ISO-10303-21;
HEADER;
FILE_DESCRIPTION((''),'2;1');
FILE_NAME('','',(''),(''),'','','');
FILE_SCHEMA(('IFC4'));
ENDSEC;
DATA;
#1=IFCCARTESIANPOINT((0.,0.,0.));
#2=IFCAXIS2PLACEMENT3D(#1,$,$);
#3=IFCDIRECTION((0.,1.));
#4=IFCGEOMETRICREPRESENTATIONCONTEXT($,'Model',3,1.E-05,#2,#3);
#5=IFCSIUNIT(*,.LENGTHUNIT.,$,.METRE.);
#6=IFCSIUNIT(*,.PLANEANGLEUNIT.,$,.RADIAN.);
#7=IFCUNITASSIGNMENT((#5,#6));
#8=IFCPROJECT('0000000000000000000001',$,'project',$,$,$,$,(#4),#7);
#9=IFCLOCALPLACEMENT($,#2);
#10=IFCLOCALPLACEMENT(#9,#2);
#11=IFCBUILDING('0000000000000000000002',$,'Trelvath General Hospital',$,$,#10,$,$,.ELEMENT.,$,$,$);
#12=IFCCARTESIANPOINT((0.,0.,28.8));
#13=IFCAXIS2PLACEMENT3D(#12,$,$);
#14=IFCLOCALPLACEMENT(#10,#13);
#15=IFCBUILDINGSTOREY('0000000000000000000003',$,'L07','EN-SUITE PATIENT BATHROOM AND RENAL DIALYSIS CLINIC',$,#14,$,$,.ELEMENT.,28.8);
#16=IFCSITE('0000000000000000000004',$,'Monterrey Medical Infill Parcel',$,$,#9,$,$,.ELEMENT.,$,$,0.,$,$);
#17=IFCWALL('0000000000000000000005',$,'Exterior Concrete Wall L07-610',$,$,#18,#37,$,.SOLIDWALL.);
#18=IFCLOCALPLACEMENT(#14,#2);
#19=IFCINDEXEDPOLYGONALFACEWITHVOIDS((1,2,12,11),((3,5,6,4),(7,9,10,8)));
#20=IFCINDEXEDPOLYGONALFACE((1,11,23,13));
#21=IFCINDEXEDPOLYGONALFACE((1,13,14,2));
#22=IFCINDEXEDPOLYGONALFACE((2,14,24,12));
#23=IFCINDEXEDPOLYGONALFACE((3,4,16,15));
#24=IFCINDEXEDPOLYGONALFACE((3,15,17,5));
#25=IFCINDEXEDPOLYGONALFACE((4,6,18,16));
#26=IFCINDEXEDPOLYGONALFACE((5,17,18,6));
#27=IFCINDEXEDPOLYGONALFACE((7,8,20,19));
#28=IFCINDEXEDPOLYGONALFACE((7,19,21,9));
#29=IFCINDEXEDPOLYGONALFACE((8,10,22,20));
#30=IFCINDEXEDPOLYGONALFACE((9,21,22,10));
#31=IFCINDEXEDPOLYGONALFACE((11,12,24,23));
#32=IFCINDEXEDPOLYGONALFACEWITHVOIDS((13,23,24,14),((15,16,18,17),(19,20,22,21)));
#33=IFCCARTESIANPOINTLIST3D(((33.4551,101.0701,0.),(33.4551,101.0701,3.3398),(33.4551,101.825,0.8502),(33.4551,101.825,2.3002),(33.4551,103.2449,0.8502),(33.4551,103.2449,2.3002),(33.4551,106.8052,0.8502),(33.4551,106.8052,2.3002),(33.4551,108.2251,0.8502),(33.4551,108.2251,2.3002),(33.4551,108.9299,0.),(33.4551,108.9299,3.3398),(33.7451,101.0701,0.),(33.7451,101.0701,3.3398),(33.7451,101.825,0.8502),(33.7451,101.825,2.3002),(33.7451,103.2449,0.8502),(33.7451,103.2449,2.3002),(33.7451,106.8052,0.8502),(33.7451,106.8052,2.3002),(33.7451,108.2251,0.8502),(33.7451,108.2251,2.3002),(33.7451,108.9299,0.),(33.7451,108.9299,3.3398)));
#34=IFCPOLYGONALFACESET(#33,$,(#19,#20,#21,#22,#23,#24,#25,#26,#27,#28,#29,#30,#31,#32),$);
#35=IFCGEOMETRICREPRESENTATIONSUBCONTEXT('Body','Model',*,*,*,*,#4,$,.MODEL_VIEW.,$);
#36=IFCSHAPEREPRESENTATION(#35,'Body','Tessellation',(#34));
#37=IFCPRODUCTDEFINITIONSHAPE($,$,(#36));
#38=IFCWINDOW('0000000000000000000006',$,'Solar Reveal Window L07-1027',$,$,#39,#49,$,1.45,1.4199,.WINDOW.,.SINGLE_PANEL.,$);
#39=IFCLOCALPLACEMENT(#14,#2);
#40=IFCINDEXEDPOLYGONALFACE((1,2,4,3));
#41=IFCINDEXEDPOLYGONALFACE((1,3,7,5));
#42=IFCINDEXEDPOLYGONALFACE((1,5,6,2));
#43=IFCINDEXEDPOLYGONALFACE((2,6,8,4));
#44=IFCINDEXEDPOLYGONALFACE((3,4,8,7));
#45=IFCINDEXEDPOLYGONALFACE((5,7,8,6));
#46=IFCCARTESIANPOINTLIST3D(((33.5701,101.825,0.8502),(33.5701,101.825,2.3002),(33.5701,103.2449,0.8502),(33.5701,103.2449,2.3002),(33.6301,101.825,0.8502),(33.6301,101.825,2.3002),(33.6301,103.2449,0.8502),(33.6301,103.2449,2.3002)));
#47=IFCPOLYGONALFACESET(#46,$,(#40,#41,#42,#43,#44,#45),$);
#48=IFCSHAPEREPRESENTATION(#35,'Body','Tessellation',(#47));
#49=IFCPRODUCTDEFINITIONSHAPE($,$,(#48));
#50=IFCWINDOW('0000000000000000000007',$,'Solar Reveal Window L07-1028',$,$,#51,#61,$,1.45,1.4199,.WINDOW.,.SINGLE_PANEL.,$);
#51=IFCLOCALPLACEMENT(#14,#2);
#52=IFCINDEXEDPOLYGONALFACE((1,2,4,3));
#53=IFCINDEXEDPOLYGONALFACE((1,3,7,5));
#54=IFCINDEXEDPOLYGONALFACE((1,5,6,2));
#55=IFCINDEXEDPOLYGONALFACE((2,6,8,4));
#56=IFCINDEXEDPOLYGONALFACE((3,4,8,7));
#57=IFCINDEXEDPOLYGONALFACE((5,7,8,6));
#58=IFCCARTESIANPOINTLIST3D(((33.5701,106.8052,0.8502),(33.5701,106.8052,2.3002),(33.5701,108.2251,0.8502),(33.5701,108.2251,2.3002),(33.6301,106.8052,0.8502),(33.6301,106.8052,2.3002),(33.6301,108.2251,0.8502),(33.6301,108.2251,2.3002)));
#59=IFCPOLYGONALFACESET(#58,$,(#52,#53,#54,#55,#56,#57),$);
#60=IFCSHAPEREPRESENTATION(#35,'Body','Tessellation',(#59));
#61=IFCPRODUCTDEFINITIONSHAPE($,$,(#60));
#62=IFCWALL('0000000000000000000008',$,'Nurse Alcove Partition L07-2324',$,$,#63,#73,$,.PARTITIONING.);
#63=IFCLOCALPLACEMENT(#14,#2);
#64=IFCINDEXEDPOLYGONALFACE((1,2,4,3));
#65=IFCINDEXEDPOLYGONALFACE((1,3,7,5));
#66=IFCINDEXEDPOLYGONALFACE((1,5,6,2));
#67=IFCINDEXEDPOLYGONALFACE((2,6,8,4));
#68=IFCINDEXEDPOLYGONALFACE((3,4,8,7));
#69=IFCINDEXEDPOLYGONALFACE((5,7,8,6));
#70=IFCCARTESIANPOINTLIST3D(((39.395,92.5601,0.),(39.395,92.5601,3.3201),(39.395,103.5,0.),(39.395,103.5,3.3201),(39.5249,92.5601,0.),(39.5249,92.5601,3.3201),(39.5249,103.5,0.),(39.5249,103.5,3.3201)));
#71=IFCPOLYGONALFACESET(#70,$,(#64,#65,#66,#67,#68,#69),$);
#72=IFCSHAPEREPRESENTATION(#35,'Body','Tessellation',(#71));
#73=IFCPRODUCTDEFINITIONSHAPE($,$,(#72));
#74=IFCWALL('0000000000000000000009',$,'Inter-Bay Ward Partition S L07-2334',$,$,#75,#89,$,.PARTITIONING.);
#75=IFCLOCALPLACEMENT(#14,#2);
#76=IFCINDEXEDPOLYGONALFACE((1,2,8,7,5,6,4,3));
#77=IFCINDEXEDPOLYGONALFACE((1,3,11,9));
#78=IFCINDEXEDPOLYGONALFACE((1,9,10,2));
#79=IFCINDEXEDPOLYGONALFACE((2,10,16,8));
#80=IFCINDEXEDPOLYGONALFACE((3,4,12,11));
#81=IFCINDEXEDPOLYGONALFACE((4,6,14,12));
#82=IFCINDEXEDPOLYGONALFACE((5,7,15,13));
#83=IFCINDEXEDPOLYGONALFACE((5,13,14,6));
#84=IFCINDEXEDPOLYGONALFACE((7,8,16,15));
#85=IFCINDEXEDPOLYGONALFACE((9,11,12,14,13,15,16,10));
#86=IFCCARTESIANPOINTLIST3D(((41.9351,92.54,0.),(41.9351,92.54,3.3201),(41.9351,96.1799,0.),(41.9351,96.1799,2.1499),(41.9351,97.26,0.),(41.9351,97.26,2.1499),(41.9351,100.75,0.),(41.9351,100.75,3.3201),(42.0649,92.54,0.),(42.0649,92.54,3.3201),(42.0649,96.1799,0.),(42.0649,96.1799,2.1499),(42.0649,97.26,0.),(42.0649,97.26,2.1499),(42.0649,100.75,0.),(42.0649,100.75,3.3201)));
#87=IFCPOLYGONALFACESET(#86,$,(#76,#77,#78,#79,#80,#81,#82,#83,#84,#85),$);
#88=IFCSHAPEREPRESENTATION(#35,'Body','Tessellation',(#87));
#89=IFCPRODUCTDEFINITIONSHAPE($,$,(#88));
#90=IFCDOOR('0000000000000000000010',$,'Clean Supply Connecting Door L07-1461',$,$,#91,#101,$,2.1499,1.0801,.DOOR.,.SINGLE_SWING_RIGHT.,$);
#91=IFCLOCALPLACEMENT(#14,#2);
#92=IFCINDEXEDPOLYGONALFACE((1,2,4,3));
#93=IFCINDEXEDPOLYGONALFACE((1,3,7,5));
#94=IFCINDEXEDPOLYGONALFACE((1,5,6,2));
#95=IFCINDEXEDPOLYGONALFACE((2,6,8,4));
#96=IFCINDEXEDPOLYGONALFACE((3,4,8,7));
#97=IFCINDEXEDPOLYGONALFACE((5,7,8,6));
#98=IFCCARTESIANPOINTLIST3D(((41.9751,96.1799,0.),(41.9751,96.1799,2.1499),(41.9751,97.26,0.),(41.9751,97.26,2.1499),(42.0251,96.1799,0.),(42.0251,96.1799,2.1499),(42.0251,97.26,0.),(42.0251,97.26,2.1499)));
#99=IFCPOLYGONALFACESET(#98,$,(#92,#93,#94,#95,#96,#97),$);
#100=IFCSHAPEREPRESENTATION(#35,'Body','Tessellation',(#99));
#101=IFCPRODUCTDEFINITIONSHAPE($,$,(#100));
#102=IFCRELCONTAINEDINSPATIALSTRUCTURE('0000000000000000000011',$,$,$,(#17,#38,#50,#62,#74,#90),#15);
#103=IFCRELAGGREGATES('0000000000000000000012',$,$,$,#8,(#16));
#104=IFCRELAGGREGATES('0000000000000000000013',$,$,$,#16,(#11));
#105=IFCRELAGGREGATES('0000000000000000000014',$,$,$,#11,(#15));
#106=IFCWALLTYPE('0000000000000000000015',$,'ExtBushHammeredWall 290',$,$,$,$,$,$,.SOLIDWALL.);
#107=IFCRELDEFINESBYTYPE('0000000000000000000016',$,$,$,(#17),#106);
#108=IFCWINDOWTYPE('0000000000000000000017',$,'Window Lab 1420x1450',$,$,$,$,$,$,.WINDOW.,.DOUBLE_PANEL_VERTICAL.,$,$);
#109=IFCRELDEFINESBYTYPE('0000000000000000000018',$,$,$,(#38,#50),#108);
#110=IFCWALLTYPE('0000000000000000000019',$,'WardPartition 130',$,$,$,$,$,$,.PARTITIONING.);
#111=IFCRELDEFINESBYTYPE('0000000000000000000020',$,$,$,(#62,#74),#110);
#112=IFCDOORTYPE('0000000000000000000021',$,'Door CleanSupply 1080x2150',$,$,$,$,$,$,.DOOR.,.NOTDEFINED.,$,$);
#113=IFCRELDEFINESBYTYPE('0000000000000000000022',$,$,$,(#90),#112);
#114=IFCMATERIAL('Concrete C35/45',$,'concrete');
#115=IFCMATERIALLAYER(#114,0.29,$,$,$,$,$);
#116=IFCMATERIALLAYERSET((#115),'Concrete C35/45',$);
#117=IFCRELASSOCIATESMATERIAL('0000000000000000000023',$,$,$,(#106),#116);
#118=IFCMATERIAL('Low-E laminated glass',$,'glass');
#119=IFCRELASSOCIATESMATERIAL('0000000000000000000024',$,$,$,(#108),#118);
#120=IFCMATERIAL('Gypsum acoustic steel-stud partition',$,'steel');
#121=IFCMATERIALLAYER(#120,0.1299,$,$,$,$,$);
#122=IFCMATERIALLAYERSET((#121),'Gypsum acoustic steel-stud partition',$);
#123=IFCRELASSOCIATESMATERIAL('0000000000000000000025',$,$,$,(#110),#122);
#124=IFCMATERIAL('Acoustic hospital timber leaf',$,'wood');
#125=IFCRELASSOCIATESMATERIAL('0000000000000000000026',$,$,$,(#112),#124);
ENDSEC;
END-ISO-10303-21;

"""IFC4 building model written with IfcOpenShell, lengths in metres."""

from ifc_helpers import new_model, si_unit, direction, frame, frame_2d, origin, place, context, subcontext, project, spatial, rectangle, extrude, material, layer, layer_set, type_object, element, fill, save


model = new_model("IFC4")

# Units and contexts
model_context = context("Model", 3, precision=1e-05, world=origin(), true_north=direction((0.0, 1.0)))
body_context = subcontext(model_context, "Body", "Model", "MODEL_VIEW")
ifc_project = project(units=[si_unit("LENGTHUNIT", "METRE"), si_unit("PLANEANGLEUNIT", "RADIAN")], contexts=[model_context])

# Site, building, storey
site_placement = place(None, origin())
site = spatial("IfcSite", under=ifc_project, at=site_placement, Name="Monterrey Medical Infill Parcel", CompositionType="ELEMENT", RefElevation=0.0)
building_placement = place(site_placement, origin())
building = spatial("IfcBuilding", under=site, at=building_placement, Name="Trelvath General Hospital", CompositionType="ELEMENT")
storey_placement = place(building_placement, frame((0.0, 0.0, 28.8)))
storey = spatial("IfcBuildingStorey", under=building, at=storey_placement, Name="L07", Description="EN-SUITE PATIENT BATHROOM AND RENAL DIALYSIS CLINIC", CompositionType="ELEMENT", Elevation=28.8)

# Wall, openings, windows
ifc_material_1 = material(Name="Concrete C35/45", Category="concrete")
ifc_layer_1 = layer(ifc_material_1, 0.29)
ifc_layer_set_1 = layer_set([ifc_layer_1], Name="Concrete C35/45")
wall_type_1 = type_object("IfcWallType", Name="ExtBushHammeredWall 290", PredefinedType="SOLIDWALL", material=ifc_layer_set_1)
wall_1_placement = place(storey_placement, frame((33.6001, 101.0701, 0.0), z_axis=(0.0, 0.0, 1.0), x_axis=(0.0, 1.0, 0.0)))
wall_1 = element("IfcWall", 1, at=wall_1_placement, inside=storey, type_object=wall_type_1, Name="Exterior Concrete Wall L07-610", PredefinedType="SOLIDWALL", context=body_context, shape_type="SweptSolid", body=[
    extrude(rectangle(XDim=7.8599, YDim=0.29, at=frame_2d((3.9299, 0.0))), origin(), (0.0, 0.0, 1.0), 3.3398),
])
opening_1_placement = place(wall_1_placement, frame((0.7549, 0.0, 0.8501)))
opening_1 = element("IfcOpeningElement", 2, at=opening_1_placement, cuts=wall_1, PredefinedType="OPENING", context=body_context, shape_type="SweptSolid", body=[
    extrude(rectangle(XDim=1.4199, YDim=1.45, at=frame_2d((0.71, 0.7251))), frame((0.0, 0.155, 0.0), z_axis=(0.0, -1.0, 0.0), x_axis=(1.0, 0.0, 0.0)), (0.0, 0.0, 1.0), 0.3101),
])
opening_2_placement = place(wall_1_placement, frame((5.7351, 0.0, 0.8501)))
opening_2 = element("IfcOpeningElement", 3, at=opening_2_placement, cuts=wall_1, PredefinedType="OPENING", context=body_context, shape_type="SweptSolid", body=[
    extrude(rectangle(XDim=1.4199, YDim=1.45, at=frame_2d((0.71, 0.7251))), frame((0.0, 0.155, 0.0), z_axis=(0.0, -1.0, 0.0), x_axis=(1.0, 0.0, 0.0)), (0.0, 0.0, 1.0), 0.3101),
])
ifc_material_2 = material(Name="Low-E laminated glass", Category="glass")
window_type_1 = type_object("IfcWindowType", Name="Window Lab 1420x1450", PartitioningType="DOUBLE_PANEL_VERTICAL", PredefinedType="WINDOW", material=ifc_material_2)
window_1_placement = place(opening_1_placement, origin())
window_1 = element("IfcWindow", 4, at=window_1_placement, inside=storey, type_object=window_type_1, Name="Solar Reveal Window L07-1027", OverallHeight=1.45, OverallWidth=1.4199, PartitioningType="SINGLE_PANEL", PredefinedType="WINDOW", context=body_context, shape_type="SweptSolid", body=[
    extrude(rectangle(XDim=1.4199, YDim=1.45, at=frame_2d((0.71, 0.7251))), frame((0.0, 0.03, 0.0), z_axis=(0.0, -1.0, 0.0), x_axis=(1.0, 0.0, 0.0)), (0.0, 0.0, 1.0), 0.0601),
])
fill(opening_1, window_1)
window_2_placement = place(opening_2_placement, origin())
window_2 = element("IfcWindow", 5, at=window_2_placement, inside=storey, type_object=window_type_1, Name="Solar Reveal Window L07-1028", OverallHeight=1.45, OverallWidth=1.4199, PartitioningType="SINGLE_PANEL", PredefinedType="WINDOW", context=body_context, shape_type="SweptSolid", body=[
    extrude(rectangle(XDim=1.4199, YDim=1.45, at=frame_2d((0.71, 0.7251))), frame((0.0, 0.03, 0.0), z_axis=(0.0, -1.0, 0.0), x_axis=(1.0, 0.0, 0.0)), (0.0, 0.0, 1.0), 0.0601),
])
fill(opening_2, window_2)

# Wall
ifc_material_3 = material(Name="Gypsum acoustic steel-stud partition", Category="steel")
ifc_layer_2 = layer(ifc_material_3, 0.1299)
ifc_layer_set_2 = layer_set([ifc_layer_2], Name="Gypsum acoustic steel-stud partition")
wall_type_2 = type_object("IfcWallType", Name="WardPartition 130", PredefinedType="PARTITIONING", material=ifc_layer_set_2)
wall_2_placement = place(storey_placement, frame((39.46, 92.5601, 0.0), z_axis=(0.0, 0.0, 1.0), x_axis=(0.0, 1.0, 0.0)))
element("IfcWall", 6, at=wall_2_placement, inside=storey, type_object=wall_type_2, Name="Nurse Alcove Partition L07-2324", PredefinedType="PARTITIONING", context=body_context, shape_type="SweptSolid", body=[
    extrude(rectangle(XDim=10.9399, YDim=0.1299, at=frame_2d((5.47, 0.0))), origin(), (0.0, 0.0, 1.0), 3.3201),
])

# Wall, opening, door
wall_3_placement = place(storey_placement, frame((42.0, 92.54, 0.0), z_axis=(0.0, 0.0, 1.0), x_axis=(0.0, 1.0, 0.0)))
wall_3 = element("IfcWall", 7, at=wall_3_placement, inside=storey, type_object=wall_type_2, Name="Inter-Bay Ward Partition S L07-2334", PredefinedType="PARTITIONING", context=body_context, shape_type="SweptSolid", body=[
    extrude(rectangle(XDim=8.21, YDim=0.1299, at=frame_2d((4.105, 0.0))), origin(), (0.0, 0.0, 1.0), 3.3201),
])
opening_3_placement = place(wall_3_placement, frame((3.6399, 0.0, 0.0)))
opening_3 = element("IfcOpeningElement", 8, at=opening_3_placement, cuts=wall_3, PredefinedType="OPENING", context=body_context, shape_type="SweptSolid", body=[
    extrude(rectangle(XDim=1.0801, YDim=2.1499, at=frame_2d((0.54, 1.075))), frame((0.0, 0.075, 0.0), z_axis=(0.0, -1.0, 0.0), x_axis=(1.0, 0.0, 0.0)), (0.0, 0.0, 1.0), 0.1499),
])
ifc_material_4 = material(Name="Acoustic hospital timber leaf", Category="wood")
door_type = type_object("IfcDoorType", Name="Door CleanSupply 1080x2150", OperationType="NOTDEFINED", PredefinedType="DOOR", material=ifc_material_4)
door_placement = place(opening_3_placement, origin())
door = element("IfcDoor", 9, at=door_placement, inside=storey, type_object=door_type, Name="Clean Supply Connecting Door L07-1461", OperationType="SINGLE_SWING_RIGHT", OverallHeight=2.1499, OverallWidth=1.0801, PredefinedType="DOOR", context=body_context, shape_type="SweptSolid", body=[
    extrude(rectangle(XDim=1.0801, YDim=2.1499, at=frame_2d((0.54, 1.075))), frame((0.0, 0.0249, 0.0), z_axis=(0.0, -1.0, 0.0), x_axis=(1.0, 0.0, 0.0)), (0.0, 0.0, 1.0), 0.05),
])
fill(opening_3, door)

save(model, "model.ifc")
